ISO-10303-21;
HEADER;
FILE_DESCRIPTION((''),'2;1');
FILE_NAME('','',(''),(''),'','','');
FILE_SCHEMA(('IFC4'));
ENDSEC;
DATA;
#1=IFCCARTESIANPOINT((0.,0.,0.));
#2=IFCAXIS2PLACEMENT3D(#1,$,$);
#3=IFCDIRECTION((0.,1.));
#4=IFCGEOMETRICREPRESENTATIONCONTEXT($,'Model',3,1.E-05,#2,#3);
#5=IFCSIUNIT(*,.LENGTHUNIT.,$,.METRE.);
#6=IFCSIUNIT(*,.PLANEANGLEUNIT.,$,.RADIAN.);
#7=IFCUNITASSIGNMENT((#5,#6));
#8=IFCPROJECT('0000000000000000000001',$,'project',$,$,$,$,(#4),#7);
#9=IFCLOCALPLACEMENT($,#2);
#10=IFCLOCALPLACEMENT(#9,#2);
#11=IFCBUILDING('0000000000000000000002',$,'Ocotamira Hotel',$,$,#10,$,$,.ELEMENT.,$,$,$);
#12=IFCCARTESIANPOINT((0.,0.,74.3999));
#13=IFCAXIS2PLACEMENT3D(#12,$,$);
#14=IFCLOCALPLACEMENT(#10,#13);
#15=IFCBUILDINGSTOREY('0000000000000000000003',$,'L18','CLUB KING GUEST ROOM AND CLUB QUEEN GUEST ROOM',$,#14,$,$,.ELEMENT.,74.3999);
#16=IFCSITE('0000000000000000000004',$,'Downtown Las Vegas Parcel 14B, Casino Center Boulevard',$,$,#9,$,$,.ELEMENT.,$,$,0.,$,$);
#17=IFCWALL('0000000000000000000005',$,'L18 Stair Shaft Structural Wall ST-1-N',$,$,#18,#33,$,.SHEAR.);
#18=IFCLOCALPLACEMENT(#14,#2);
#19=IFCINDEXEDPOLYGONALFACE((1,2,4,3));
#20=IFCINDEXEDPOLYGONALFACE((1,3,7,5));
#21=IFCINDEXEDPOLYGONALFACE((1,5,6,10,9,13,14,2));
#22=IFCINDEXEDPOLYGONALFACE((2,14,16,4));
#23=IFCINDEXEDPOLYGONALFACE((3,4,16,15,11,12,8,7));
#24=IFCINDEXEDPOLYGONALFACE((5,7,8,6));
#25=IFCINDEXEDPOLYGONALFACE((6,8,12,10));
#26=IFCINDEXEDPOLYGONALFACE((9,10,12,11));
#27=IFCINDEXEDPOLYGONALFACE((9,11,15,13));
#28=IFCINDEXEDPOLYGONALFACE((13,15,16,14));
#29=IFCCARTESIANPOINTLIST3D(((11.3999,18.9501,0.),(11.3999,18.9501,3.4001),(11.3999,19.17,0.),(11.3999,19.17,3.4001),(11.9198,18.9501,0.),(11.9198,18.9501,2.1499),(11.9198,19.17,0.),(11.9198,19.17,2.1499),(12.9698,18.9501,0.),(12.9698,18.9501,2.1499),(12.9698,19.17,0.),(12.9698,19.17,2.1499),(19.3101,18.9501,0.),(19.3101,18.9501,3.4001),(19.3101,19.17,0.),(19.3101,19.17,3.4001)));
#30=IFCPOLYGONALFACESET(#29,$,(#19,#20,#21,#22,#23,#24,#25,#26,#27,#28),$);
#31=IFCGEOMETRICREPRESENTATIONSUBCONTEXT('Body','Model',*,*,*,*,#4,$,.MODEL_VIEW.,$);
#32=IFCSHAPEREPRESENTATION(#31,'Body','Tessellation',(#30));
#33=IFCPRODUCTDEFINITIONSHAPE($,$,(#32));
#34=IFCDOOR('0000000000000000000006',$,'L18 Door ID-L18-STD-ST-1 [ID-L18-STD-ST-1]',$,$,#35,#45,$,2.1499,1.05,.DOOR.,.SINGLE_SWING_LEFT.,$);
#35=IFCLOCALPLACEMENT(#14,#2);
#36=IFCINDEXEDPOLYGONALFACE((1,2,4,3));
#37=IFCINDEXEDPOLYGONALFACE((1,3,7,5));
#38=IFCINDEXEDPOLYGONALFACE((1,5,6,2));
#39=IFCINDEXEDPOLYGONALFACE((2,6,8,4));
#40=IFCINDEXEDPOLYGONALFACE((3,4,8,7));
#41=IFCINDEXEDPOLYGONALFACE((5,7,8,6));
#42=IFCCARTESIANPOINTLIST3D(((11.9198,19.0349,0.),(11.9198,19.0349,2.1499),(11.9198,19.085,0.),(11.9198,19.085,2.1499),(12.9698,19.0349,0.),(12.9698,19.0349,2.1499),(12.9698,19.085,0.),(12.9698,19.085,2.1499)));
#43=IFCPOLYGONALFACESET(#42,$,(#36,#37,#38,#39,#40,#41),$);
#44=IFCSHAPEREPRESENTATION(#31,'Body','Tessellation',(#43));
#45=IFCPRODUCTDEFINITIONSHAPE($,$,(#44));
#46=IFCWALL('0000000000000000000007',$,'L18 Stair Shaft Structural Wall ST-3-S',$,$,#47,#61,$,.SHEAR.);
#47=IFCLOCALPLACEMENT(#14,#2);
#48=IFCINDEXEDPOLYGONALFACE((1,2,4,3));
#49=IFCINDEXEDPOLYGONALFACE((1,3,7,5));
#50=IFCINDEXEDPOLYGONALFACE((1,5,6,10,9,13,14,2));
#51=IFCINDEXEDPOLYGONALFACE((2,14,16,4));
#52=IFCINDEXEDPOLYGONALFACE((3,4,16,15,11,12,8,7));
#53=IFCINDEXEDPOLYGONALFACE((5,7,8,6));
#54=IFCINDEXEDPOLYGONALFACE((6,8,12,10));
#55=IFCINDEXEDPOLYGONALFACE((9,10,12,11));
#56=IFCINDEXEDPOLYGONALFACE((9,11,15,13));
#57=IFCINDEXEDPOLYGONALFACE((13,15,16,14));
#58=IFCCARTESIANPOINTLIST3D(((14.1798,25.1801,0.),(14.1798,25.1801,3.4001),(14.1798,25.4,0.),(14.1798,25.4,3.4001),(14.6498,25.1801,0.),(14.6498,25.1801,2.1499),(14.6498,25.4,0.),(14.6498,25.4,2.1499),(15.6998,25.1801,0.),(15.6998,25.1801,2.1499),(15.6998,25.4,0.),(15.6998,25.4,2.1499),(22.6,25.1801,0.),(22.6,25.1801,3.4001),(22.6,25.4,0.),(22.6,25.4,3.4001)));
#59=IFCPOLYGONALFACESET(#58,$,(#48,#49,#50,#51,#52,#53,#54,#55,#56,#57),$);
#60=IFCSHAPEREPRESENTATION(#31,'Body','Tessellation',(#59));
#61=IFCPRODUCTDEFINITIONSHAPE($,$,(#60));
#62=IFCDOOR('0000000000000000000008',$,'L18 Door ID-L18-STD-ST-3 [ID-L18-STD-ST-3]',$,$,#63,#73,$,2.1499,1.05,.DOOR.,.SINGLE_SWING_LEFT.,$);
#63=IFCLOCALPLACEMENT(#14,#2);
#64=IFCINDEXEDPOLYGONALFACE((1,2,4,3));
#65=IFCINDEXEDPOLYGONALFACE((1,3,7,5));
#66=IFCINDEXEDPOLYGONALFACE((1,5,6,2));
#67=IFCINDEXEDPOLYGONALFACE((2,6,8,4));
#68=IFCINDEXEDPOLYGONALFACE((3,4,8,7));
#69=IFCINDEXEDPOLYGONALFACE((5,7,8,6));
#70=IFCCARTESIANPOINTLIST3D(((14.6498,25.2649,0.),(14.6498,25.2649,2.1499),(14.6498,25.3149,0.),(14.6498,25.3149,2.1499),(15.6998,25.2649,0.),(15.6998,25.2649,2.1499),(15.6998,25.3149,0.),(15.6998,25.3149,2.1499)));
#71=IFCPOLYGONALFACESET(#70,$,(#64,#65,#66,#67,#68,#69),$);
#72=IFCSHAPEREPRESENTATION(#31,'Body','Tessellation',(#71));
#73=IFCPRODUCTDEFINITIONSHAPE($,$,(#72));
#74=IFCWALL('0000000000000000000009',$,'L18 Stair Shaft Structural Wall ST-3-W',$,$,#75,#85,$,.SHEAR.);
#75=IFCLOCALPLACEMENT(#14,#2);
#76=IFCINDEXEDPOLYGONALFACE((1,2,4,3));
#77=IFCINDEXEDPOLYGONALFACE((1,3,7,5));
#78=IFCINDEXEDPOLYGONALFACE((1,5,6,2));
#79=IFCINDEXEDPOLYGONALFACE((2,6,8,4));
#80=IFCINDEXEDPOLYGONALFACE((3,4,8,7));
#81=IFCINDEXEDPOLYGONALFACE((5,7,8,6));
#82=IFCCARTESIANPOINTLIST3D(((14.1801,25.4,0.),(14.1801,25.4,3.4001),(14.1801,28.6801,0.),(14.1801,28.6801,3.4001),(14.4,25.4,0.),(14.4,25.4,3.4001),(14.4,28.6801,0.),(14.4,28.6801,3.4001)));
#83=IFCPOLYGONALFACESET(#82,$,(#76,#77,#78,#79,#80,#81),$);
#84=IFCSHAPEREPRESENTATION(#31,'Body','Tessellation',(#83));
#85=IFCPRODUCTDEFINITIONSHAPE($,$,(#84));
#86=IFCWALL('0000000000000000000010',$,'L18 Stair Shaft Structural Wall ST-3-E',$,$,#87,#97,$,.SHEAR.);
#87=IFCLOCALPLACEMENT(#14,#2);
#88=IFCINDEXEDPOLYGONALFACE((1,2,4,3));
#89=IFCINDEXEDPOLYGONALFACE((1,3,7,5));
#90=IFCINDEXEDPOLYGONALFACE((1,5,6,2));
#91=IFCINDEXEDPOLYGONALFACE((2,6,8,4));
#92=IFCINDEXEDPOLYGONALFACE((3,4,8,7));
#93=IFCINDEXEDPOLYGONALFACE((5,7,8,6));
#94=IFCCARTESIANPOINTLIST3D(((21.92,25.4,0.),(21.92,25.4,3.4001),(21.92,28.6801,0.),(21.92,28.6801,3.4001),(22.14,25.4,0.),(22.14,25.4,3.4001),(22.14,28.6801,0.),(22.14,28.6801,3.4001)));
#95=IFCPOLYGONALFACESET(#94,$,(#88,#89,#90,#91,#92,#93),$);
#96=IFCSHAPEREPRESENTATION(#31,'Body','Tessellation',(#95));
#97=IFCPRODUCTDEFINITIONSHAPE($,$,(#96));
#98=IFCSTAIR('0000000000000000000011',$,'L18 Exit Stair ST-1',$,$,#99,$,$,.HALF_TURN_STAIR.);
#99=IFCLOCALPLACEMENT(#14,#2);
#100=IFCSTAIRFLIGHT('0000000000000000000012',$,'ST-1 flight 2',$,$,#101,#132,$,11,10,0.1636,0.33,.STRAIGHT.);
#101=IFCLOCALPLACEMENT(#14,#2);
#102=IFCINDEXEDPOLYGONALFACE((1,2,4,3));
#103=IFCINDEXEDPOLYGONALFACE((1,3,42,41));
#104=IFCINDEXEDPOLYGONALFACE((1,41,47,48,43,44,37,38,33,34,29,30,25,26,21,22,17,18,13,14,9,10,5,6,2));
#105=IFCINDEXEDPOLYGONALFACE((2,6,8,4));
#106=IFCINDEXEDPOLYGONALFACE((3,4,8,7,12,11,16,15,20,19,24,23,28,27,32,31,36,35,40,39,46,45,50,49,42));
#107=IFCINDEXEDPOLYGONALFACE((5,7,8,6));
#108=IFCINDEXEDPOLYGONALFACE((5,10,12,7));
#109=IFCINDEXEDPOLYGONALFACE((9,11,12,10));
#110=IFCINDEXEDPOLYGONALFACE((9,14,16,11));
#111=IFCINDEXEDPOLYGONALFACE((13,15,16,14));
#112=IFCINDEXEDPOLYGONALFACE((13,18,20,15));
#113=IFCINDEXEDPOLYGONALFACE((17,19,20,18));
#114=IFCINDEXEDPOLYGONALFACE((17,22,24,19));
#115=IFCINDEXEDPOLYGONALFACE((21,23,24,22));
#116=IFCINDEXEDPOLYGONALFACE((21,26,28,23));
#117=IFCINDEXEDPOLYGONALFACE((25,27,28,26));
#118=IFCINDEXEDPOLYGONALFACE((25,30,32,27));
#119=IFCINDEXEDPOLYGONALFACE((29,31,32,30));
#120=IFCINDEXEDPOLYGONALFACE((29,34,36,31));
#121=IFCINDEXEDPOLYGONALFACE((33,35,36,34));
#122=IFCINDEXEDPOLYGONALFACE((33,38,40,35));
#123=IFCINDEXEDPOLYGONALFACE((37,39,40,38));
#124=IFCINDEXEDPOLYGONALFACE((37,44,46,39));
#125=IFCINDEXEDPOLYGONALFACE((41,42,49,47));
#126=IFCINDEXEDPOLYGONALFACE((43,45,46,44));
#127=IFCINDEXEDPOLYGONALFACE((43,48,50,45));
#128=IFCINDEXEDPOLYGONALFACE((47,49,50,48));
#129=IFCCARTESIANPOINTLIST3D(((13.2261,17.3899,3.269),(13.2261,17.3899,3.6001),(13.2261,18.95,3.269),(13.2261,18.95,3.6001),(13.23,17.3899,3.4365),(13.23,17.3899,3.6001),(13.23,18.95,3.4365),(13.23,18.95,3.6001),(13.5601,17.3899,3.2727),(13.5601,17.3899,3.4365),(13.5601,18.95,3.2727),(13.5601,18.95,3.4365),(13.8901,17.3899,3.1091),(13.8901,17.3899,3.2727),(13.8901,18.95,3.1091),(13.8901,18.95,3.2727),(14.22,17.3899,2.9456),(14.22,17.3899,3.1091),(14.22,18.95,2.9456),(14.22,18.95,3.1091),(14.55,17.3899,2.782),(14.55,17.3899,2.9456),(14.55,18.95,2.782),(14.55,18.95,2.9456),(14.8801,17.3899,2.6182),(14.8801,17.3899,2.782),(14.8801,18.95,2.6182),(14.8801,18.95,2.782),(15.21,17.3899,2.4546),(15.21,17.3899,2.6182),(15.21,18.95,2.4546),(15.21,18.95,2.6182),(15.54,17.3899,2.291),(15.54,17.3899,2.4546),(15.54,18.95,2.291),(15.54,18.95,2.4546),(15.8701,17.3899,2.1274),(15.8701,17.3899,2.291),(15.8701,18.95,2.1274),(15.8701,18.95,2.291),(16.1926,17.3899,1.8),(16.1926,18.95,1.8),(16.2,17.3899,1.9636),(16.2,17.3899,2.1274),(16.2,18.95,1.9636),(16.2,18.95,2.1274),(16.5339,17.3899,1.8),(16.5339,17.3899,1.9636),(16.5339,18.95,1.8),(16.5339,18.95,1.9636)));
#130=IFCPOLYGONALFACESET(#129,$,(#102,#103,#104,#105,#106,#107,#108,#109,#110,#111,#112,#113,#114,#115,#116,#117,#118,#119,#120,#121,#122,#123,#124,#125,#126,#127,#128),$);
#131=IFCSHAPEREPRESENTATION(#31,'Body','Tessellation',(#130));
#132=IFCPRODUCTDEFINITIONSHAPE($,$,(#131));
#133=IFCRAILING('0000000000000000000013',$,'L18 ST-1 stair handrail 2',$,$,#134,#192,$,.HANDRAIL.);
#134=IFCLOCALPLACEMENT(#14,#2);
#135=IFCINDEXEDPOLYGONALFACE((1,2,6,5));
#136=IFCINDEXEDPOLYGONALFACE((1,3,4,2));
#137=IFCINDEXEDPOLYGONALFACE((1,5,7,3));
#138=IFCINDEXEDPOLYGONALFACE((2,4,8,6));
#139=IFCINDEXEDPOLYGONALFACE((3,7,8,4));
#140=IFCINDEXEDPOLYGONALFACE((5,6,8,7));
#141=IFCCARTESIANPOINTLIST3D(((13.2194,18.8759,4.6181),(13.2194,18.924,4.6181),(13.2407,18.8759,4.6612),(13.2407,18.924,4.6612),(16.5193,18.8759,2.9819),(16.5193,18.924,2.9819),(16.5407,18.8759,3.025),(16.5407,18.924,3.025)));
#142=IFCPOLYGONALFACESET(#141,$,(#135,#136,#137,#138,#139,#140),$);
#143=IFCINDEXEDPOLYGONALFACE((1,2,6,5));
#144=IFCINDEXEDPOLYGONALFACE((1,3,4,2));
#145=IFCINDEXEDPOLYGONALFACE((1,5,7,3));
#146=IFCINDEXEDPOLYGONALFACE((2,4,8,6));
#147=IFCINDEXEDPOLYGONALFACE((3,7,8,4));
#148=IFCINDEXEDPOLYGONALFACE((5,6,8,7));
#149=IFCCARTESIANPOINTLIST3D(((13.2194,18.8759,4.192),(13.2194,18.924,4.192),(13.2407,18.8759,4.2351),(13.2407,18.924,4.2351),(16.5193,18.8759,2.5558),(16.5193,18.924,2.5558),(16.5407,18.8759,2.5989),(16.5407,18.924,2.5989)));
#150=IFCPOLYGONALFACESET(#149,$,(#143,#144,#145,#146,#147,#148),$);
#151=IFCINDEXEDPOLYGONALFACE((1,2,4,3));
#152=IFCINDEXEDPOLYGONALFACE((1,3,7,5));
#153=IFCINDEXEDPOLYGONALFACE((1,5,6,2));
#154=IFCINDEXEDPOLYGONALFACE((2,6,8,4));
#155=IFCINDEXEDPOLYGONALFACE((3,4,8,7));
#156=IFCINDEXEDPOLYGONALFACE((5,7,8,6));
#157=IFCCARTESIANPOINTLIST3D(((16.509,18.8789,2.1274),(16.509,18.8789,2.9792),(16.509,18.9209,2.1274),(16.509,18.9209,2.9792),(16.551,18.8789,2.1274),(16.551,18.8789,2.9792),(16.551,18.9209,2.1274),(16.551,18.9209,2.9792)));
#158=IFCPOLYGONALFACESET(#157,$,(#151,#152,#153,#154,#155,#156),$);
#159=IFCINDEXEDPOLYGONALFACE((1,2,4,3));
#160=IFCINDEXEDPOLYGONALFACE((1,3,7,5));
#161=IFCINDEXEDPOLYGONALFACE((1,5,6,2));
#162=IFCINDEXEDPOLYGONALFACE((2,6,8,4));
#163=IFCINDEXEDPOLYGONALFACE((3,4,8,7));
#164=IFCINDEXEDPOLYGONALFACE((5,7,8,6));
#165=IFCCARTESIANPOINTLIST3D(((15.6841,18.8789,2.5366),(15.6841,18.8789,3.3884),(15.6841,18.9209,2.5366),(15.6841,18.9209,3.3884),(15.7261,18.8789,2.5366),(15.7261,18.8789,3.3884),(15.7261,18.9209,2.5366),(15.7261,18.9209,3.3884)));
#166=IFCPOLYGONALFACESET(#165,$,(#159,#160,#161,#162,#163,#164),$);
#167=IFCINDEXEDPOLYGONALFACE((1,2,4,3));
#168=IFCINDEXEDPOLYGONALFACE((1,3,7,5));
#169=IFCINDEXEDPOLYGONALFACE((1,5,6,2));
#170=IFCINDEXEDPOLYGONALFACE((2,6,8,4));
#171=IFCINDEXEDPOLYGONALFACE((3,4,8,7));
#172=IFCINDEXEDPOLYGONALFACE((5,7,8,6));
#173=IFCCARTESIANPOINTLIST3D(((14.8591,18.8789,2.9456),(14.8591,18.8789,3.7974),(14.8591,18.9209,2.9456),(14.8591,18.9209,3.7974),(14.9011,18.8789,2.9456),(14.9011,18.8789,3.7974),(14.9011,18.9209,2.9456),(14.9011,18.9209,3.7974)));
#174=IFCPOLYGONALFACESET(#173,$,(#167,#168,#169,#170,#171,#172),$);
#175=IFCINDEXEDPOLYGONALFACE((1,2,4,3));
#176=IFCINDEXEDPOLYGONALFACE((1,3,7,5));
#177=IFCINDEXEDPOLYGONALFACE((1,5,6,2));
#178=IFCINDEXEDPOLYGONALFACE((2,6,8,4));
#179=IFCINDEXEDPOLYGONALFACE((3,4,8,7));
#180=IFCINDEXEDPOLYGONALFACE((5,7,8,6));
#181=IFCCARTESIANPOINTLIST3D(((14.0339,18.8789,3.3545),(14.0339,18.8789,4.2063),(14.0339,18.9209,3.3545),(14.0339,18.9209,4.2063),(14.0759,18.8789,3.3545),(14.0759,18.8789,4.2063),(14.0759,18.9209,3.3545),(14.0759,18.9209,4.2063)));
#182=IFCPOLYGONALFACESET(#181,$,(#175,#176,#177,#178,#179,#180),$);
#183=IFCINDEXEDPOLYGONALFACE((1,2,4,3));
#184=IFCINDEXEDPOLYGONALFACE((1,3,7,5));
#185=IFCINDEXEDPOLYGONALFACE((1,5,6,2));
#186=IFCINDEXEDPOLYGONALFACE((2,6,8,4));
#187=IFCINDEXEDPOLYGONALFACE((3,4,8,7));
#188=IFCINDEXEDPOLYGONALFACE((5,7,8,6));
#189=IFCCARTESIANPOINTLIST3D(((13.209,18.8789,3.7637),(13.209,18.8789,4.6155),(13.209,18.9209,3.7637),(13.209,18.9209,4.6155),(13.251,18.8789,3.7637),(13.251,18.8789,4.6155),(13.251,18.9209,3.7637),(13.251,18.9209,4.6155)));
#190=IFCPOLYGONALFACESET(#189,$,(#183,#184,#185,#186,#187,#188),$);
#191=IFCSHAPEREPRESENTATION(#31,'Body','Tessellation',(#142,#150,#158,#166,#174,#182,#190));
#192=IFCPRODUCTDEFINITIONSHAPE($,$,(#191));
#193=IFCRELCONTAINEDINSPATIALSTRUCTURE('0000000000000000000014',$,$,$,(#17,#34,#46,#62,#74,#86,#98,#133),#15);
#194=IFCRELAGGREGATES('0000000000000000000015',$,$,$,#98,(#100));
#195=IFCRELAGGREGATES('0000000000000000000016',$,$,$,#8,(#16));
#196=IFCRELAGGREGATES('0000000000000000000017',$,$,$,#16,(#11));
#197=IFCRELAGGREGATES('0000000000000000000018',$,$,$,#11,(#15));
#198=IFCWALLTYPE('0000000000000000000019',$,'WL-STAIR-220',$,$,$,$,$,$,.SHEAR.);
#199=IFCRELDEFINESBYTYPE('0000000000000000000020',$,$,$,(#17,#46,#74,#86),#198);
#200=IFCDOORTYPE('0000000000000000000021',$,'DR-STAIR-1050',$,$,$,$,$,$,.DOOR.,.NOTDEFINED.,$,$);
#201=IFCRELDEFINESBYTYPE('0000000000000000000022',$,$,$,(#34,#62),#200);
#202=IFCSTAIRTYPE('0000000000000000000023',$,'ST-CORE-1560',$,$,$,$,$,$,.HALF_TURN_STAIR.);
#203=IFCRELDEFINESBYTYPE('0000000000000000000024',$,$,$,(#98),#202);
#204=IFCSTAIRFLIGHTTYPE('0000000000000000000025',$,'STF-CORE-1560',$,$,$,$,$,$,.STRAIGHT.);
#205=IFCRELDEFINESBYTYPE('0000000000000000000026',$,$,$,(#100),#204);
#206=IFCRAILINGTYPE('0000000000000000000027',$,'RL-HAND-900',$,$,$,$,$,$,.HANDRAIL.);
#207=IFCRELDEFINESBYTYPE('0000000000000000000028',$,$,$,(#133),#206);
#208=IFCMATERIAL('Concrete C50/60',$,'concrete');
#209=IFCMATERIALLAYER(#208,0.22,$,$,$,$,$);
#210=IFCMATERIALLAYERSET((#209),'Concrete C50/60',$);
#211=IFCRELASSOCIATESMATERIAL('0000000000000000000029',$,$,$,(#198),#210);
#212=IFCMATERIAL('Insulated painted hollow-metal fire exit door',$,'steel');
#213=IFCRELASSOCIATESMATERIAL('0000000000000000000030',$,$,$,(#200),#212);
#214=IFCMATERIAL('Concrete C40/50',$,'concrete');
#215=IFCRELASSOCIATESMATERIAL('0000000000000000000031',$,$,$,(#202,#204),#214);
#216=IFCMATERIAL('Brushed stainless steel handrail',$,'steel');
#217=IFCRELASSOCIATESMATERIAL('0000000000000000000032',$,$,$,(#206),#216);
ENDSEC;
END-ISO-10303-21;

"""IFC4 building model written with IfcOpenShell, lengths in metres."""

from ifc_helpers import new_model, si_unit, direction, frame, frame_2d, origin, origin_2d, place, context, subcontext, project, spatial, polyline, rectangle, outline, extrude, source, transform, mapped, material, layer, layer_set, type_object, element, fill, aggregate, save


model = new_model("IFC4")

# Units and contexts
model_context = context("Model", 3, precision=1e-05, world=origin(), true_north=direction((0.0, 1.0)))
body_context = subcontext(model_context, "Body", "Model", "MODEL_VIEW")
ifc_project = project(units=[si_unit("LENGTHUNIT", "METRE"), si_unit("PLANEANGLEUNIT", "RADIAN")], contexts=[model_context])

# Site, building, storey
site_placement = place(None, origin())
site = spatial("IfcSite", under=ifc_project, at=site_placement, Name="Downtown Las Vegas Parcel 14B, Casino Center Boulevard", CompositionType="ELEMENT", RefElevation=0.0)
building_placement = place(site_placement, origin())
building = spatial("IfcBuilding", under=site, at=building_placement, Name="Ocotamira Hotel", CompositionType="ELEMENT")
storey_placement = place(building_placement, frame((0.0, 0.0, 74.3999)))
storey = spatial("IfcBuildingStorey", under=building, at=storey_placement, Name="L18", Description="CLUB KING GUEST ROOM AND CLUB QUEEN GUEST ROOM", CompositionType="ELEMENT", Elevation=74.3999)

# Walls, openings, doors
ifc_material_1 = material(Name="Concrete C50/60", Category="concrete")
ifc_layer_1 = layer(ifc_material_1, 0.22)
ifc_layer_set_1 = layer_set([ifc_layer_1], Name="Concrete C50/60")
wall_type_1 = type_object("IfcWallType", Name="WL-STAIR-220", PredefinedType="SHEAR", material=ifc_layer_set_1)
wall_1_placement = place(storey_placement, frame((11.3999, 19.0601, 0.0), z_axis=(0.0, 0.0, 1.0), x_axis=(1.0, 0.0, 0.0)))
wall_1 = element("IfcWall", 1, at=wall_1_placement, inside=storey, type_object=wall_type_1, Name="L18 Stair Shaft Structural Wall ST-1-N", PredefinedType="SHEAR", context=body_context, shape_type="SweptSolid", body=[
    extrude(rectangle(XDim=7.9102, YDim=0.22, at=frame_2d((3.9551, 0.0))), origin(), (0.0, 0.0, 1.0), 3.4001),
])
opening_1_placement = place(wall_1_placement, frame((0.52, 0.0, 0.0)))
opening_1 = element("IfcOpeningElement", 2, at=opening_1_placement, cuts=wall_1, PredefinedType="OPENING", context=body_context, shape_type="SweptSolid", body=[
    extrude(rectangle(XDim=1.05, YDim=2.1499, at=frame_2d((0.5249, 1.075))), frame((0.0, 0.1201, 0.0), z_axis=(0.0, -1.0, 0.0), x_axis=(1.0, 0.0, 0.0)), (0.0, 0.0, 1.0), 0.24),
])
ifc_material_2 = material(Name="Insulated painted hollow-metal fire exit door", Category="steel")
door_type_1 = type_object("IfcDoorType", Name="DR-STAIR-1050", OperationType="NOTDEFINED", PredefinedType="DOOR", material=ifc_material_2)
shared_shape_1 = source(origin(), body_context, "Body", "SweptSolid", [
    extrude(rectangle(XDim=1.05, YDim=2.1499, at=frame_2d((0.5249, 1.075))), frame((0.0, 0.0249, 0.0), z_axis=(0.0, -1.0, 0.0), x_axis=(1.0, 0.0, 0.0)), (0.0, 0.0, 1.0), 0.05),
])
door_1_placement = place(opening_1_placement, origin())
door_1 = element("IfcDoor", 3, at=door_1_placement, inside=storey, type_object=door_type_1, Name="L18 Door ID-L18-STD-ST-1 [ID-L18-STD-ST-1]", OperationType="SINGLE_SWING_LEFT", OverallHeight=2.1499, OverallWidth=1.05, PredefinedType="DOOR", context=body_context, shape_type="MappedRepresentation", body=[
    mapped(shared_shape_1, transform((0.0, 0.0, 0.0), scale=1.0)),
])
fill(opening_1, door_1)
wall_2_placement = place(storey_placement, frame((14.1799, 25.29, 0.0), z_axis=(0.0, 0.0, 1.0), x_axis=(1.0, 0.0, 0.0)))
wall_2 = element("IfcWall", 4, at=wall_2_placement, inside=storey, type_object=wall_type_1, Name="L18 Stair Shaft Structural Wall ST-3-S", PredefinedType="SHEAR", context=body_context, shape_type="SweptSolid", body=[
    extrude(rectangle(XDim=8.4202, YDim=0.22, at=frame_2d((4.21, 0.0))), origin(), (0.0, 0.0, 1.0), 3.4001),
])
opening_2_placement = place(wall_2_placement, frame((0.47, 0.0, 0.0)))
opening_2 = element("IfcOpeningElement", 5, at=opening_2_placement, cuts=wall_2, PredefinedType="OPENING", context=body_context, shape_type="SweptSolid", body=[
    extrude(rectangle(XDim=1.05, YDim=2.1499, at=frame_2d((0.5249, 1.075))), frame((0.0, 0.1201, 0.0), z_axis=(0.0, -1.0, 0.0), x_axis=(1.0, 0.0, 0.0)), (0.0, 0.0, 1.0), 0.24),
])
door_2_placement = place(opening_2_placement, origin())
door_2 = element("IfcDoor", 6, at=door_2_placement, inside=storey, type_object=door_type_1, Name="L18 Door ID-L18-STD-ST-3 [ID-L18-STD-ST-3]", OperationType="SINGLE_SWING_LEFT", OverallHeight=2.1499, OverallWidth=1.05, PredefinedType="DOOR", context=body_context, shape_type="MappedRepresentation", body=[
    mapped(shared_shape_1, transform((0.0, 0.0, 0.0), scale=1.0)),
])
fill(opening_2, door_2)

# Walls
for number, where, z_axis, x_axis, name in (
    (7, (14.29, 25.3999, 0.0), (0.0, 0.0, 1.0), (0.0, 1.0, 0.0), "L18 Stair Shaft Structural Wall ST-3-W"),
    (8, (22.03, 25.3999, 0.0), (0.0, 0.0, 1.0), (0.0, 1.0, 0.0), "L18 Stair Shaft Structural Wall ST-3-E"),
):
    element("IfcWall", number, at=place(storey_placement, frame(where, z_axis=z_axis, x_axis=x_axis)), inside=storey, type_object=wall_type_1, Name=name, PredefinedType="SHEAR", context=body_context, shape_type="SweptSolid", body=[
        extrude(rectangle(XDim=3.28, YDim=0.22, at=frame_2d((1.6401, 0.0))), origin(), (0.0, 0.0, 1.0), 3.4001),
    ])

# Stair, stair flight
ifc_material_3 = material(Name="Concrete C40/50", Category="concrete")
stair_type = type_object("IfcStairType", Name="ST-CORE-1560", PredefinedType="HALF_TURN_STAIR", material=ifc_material_3)
stair_placement = place(storey_placement, origin())
stair = element("IfcStair", 9, at=stair_placement, inside=storey, type_object=stair_type, Name="L18 Exit Stair ST-1", PredefinedType="HALF_TURN_STAIR")
stair_flight_type = type_object("IfcStairFlightType", Name="STF-CORE-1560", PredefinedType="STRAIGHT", material=ifc_material_3)
shared_shape_2 = source(origin(), body_context, "Body", "SweptSolid", [
    extrude(outline(polyline([(-0.0039, 0.0), (-0.0039, 0.1636), (0.3301, 0.1636), (0.3301, 0.3274), (0.6599, 0.3274), (0.6599, 0.491), (0.99, 0.491), (0.99, 0.6545), (1.3201, 0.6545), (1.3201, 0.8181), (1.6499, 0.8181), (1.6499, 0.9819), (1.98, 0.9819), (1.98, 1.1455), (2.3101, 1.1455), (2.3101, 1.3091), (2.6399, 1.3091), (2.6399, 1.4727), (2.97, 1.4727), (2.97, 1.6365), (3.3, 1.6365), (3.3, 1.8), (3.304, 1.8), (3.304, 1.469), (0.3374, 0.0), (-0.0039, 0.0)])), frame((0.0, 0.78, 0.0), z_axis=(0.0, -1.0, 0.0), x_axis=(1.0, 0.0, 0.0)), (0.0, 0.0, 1.0), 1.5601),
])
stair_flight_placement = place(storey_placement, frame((16.53, 18.1699, 1.8), z_axis=(0.0, 0.0, 1.0), x_axis=(-1.0, 0.0, 0.0)))
stair_flight = element("IfcStairFlight", 10, at=stair_flight_placement, type_object=stair_flight_type, Name="ST-1 flight 2", NumberOfRisers=11, NumberOfTreads=10, PredefinedType="STRAIGHT", RiserHeight=0.1636, TreadLength=0.33, context=body_context, shape_type="MappedRepresentation", body=[
    mapped(shared_shape_2, transform((0.0, 0.0, 0.0), scale=1.0)),
])
aggregate(stair, [stair_flight])

# Railing
ifc_material_4 = material(Name="Brushed stainless steel handrail", Category="steel")
railing_type_1 = type_object("IfcRailingType", Name="RL-HAND-900", PredefinedType="HANDRAIL", material=ifc_material_4)
railing_1_placement = place(storey_placement, frame((16.53, 18.8999, 2.1274)))
element("IfcRailing", 11, at=railing_1_placement, inside=storey, type_object=railing_type_1, Name="L18 ST-1 stair handrail 2", PredefinedType="HANDRAIL", context=body_context, shape_type="SweptSolid", body=[
    extrude(rectangle(XDim=0.0481, YDim=0.0481, at=origin_2d()), frame((0.0, 0.0, 0.876), z_axis=(-0.89592, 0.0, 0.444215), x_axis=(0.0, -1.0, 0.0)), (0.0, 0.0, 1.0), 3.6833),
    extrude(rectangle(XDim=0.0481, YDim=0.0481, at=origin_2d()), frame((0.0, 0.0, 0.45), z_axis=(-0.89592, 0.0, 0.444215), x_axis=(0.0, -1.0, 0.0)), (0.0, 0.0, 1.0), 3.6833),
    extrude(rectangle(XDim=0.042, YDim=0.042, at=origin_2d()), origin(), (0.0, 0.0, 1.0), 0.8518),
    extrude(rectangle(XDim=0.042, YDim=0.042, at=origin_2d()), frame((-0.825, 0.0, 0.4092)), (0.0, 0.0, 1.0), 0.8518),
    extrude(rectangle(XDim=0.042, YDim=0.042, at=origin_2d()), frame((-1.6499, 0.0, 0.8181)), (0.0, 0.0, 1.0), 0.8518),
    extrude(rectangle(XDim=0.042, YDim=0.042, at=origin_2d()), frame((-2.4751, 0.0, 1.2271)), (0.0, 0.0, 1.0), 0.8518),
    extrude(rectangle(XDim=0.042, YDim=0.042, at=origin_2d()), frame((-3.3, 0.0, 1.6362)), (0.0, 0.0, 1.0), 0.8518),
])

save(model, "model.ifc")
